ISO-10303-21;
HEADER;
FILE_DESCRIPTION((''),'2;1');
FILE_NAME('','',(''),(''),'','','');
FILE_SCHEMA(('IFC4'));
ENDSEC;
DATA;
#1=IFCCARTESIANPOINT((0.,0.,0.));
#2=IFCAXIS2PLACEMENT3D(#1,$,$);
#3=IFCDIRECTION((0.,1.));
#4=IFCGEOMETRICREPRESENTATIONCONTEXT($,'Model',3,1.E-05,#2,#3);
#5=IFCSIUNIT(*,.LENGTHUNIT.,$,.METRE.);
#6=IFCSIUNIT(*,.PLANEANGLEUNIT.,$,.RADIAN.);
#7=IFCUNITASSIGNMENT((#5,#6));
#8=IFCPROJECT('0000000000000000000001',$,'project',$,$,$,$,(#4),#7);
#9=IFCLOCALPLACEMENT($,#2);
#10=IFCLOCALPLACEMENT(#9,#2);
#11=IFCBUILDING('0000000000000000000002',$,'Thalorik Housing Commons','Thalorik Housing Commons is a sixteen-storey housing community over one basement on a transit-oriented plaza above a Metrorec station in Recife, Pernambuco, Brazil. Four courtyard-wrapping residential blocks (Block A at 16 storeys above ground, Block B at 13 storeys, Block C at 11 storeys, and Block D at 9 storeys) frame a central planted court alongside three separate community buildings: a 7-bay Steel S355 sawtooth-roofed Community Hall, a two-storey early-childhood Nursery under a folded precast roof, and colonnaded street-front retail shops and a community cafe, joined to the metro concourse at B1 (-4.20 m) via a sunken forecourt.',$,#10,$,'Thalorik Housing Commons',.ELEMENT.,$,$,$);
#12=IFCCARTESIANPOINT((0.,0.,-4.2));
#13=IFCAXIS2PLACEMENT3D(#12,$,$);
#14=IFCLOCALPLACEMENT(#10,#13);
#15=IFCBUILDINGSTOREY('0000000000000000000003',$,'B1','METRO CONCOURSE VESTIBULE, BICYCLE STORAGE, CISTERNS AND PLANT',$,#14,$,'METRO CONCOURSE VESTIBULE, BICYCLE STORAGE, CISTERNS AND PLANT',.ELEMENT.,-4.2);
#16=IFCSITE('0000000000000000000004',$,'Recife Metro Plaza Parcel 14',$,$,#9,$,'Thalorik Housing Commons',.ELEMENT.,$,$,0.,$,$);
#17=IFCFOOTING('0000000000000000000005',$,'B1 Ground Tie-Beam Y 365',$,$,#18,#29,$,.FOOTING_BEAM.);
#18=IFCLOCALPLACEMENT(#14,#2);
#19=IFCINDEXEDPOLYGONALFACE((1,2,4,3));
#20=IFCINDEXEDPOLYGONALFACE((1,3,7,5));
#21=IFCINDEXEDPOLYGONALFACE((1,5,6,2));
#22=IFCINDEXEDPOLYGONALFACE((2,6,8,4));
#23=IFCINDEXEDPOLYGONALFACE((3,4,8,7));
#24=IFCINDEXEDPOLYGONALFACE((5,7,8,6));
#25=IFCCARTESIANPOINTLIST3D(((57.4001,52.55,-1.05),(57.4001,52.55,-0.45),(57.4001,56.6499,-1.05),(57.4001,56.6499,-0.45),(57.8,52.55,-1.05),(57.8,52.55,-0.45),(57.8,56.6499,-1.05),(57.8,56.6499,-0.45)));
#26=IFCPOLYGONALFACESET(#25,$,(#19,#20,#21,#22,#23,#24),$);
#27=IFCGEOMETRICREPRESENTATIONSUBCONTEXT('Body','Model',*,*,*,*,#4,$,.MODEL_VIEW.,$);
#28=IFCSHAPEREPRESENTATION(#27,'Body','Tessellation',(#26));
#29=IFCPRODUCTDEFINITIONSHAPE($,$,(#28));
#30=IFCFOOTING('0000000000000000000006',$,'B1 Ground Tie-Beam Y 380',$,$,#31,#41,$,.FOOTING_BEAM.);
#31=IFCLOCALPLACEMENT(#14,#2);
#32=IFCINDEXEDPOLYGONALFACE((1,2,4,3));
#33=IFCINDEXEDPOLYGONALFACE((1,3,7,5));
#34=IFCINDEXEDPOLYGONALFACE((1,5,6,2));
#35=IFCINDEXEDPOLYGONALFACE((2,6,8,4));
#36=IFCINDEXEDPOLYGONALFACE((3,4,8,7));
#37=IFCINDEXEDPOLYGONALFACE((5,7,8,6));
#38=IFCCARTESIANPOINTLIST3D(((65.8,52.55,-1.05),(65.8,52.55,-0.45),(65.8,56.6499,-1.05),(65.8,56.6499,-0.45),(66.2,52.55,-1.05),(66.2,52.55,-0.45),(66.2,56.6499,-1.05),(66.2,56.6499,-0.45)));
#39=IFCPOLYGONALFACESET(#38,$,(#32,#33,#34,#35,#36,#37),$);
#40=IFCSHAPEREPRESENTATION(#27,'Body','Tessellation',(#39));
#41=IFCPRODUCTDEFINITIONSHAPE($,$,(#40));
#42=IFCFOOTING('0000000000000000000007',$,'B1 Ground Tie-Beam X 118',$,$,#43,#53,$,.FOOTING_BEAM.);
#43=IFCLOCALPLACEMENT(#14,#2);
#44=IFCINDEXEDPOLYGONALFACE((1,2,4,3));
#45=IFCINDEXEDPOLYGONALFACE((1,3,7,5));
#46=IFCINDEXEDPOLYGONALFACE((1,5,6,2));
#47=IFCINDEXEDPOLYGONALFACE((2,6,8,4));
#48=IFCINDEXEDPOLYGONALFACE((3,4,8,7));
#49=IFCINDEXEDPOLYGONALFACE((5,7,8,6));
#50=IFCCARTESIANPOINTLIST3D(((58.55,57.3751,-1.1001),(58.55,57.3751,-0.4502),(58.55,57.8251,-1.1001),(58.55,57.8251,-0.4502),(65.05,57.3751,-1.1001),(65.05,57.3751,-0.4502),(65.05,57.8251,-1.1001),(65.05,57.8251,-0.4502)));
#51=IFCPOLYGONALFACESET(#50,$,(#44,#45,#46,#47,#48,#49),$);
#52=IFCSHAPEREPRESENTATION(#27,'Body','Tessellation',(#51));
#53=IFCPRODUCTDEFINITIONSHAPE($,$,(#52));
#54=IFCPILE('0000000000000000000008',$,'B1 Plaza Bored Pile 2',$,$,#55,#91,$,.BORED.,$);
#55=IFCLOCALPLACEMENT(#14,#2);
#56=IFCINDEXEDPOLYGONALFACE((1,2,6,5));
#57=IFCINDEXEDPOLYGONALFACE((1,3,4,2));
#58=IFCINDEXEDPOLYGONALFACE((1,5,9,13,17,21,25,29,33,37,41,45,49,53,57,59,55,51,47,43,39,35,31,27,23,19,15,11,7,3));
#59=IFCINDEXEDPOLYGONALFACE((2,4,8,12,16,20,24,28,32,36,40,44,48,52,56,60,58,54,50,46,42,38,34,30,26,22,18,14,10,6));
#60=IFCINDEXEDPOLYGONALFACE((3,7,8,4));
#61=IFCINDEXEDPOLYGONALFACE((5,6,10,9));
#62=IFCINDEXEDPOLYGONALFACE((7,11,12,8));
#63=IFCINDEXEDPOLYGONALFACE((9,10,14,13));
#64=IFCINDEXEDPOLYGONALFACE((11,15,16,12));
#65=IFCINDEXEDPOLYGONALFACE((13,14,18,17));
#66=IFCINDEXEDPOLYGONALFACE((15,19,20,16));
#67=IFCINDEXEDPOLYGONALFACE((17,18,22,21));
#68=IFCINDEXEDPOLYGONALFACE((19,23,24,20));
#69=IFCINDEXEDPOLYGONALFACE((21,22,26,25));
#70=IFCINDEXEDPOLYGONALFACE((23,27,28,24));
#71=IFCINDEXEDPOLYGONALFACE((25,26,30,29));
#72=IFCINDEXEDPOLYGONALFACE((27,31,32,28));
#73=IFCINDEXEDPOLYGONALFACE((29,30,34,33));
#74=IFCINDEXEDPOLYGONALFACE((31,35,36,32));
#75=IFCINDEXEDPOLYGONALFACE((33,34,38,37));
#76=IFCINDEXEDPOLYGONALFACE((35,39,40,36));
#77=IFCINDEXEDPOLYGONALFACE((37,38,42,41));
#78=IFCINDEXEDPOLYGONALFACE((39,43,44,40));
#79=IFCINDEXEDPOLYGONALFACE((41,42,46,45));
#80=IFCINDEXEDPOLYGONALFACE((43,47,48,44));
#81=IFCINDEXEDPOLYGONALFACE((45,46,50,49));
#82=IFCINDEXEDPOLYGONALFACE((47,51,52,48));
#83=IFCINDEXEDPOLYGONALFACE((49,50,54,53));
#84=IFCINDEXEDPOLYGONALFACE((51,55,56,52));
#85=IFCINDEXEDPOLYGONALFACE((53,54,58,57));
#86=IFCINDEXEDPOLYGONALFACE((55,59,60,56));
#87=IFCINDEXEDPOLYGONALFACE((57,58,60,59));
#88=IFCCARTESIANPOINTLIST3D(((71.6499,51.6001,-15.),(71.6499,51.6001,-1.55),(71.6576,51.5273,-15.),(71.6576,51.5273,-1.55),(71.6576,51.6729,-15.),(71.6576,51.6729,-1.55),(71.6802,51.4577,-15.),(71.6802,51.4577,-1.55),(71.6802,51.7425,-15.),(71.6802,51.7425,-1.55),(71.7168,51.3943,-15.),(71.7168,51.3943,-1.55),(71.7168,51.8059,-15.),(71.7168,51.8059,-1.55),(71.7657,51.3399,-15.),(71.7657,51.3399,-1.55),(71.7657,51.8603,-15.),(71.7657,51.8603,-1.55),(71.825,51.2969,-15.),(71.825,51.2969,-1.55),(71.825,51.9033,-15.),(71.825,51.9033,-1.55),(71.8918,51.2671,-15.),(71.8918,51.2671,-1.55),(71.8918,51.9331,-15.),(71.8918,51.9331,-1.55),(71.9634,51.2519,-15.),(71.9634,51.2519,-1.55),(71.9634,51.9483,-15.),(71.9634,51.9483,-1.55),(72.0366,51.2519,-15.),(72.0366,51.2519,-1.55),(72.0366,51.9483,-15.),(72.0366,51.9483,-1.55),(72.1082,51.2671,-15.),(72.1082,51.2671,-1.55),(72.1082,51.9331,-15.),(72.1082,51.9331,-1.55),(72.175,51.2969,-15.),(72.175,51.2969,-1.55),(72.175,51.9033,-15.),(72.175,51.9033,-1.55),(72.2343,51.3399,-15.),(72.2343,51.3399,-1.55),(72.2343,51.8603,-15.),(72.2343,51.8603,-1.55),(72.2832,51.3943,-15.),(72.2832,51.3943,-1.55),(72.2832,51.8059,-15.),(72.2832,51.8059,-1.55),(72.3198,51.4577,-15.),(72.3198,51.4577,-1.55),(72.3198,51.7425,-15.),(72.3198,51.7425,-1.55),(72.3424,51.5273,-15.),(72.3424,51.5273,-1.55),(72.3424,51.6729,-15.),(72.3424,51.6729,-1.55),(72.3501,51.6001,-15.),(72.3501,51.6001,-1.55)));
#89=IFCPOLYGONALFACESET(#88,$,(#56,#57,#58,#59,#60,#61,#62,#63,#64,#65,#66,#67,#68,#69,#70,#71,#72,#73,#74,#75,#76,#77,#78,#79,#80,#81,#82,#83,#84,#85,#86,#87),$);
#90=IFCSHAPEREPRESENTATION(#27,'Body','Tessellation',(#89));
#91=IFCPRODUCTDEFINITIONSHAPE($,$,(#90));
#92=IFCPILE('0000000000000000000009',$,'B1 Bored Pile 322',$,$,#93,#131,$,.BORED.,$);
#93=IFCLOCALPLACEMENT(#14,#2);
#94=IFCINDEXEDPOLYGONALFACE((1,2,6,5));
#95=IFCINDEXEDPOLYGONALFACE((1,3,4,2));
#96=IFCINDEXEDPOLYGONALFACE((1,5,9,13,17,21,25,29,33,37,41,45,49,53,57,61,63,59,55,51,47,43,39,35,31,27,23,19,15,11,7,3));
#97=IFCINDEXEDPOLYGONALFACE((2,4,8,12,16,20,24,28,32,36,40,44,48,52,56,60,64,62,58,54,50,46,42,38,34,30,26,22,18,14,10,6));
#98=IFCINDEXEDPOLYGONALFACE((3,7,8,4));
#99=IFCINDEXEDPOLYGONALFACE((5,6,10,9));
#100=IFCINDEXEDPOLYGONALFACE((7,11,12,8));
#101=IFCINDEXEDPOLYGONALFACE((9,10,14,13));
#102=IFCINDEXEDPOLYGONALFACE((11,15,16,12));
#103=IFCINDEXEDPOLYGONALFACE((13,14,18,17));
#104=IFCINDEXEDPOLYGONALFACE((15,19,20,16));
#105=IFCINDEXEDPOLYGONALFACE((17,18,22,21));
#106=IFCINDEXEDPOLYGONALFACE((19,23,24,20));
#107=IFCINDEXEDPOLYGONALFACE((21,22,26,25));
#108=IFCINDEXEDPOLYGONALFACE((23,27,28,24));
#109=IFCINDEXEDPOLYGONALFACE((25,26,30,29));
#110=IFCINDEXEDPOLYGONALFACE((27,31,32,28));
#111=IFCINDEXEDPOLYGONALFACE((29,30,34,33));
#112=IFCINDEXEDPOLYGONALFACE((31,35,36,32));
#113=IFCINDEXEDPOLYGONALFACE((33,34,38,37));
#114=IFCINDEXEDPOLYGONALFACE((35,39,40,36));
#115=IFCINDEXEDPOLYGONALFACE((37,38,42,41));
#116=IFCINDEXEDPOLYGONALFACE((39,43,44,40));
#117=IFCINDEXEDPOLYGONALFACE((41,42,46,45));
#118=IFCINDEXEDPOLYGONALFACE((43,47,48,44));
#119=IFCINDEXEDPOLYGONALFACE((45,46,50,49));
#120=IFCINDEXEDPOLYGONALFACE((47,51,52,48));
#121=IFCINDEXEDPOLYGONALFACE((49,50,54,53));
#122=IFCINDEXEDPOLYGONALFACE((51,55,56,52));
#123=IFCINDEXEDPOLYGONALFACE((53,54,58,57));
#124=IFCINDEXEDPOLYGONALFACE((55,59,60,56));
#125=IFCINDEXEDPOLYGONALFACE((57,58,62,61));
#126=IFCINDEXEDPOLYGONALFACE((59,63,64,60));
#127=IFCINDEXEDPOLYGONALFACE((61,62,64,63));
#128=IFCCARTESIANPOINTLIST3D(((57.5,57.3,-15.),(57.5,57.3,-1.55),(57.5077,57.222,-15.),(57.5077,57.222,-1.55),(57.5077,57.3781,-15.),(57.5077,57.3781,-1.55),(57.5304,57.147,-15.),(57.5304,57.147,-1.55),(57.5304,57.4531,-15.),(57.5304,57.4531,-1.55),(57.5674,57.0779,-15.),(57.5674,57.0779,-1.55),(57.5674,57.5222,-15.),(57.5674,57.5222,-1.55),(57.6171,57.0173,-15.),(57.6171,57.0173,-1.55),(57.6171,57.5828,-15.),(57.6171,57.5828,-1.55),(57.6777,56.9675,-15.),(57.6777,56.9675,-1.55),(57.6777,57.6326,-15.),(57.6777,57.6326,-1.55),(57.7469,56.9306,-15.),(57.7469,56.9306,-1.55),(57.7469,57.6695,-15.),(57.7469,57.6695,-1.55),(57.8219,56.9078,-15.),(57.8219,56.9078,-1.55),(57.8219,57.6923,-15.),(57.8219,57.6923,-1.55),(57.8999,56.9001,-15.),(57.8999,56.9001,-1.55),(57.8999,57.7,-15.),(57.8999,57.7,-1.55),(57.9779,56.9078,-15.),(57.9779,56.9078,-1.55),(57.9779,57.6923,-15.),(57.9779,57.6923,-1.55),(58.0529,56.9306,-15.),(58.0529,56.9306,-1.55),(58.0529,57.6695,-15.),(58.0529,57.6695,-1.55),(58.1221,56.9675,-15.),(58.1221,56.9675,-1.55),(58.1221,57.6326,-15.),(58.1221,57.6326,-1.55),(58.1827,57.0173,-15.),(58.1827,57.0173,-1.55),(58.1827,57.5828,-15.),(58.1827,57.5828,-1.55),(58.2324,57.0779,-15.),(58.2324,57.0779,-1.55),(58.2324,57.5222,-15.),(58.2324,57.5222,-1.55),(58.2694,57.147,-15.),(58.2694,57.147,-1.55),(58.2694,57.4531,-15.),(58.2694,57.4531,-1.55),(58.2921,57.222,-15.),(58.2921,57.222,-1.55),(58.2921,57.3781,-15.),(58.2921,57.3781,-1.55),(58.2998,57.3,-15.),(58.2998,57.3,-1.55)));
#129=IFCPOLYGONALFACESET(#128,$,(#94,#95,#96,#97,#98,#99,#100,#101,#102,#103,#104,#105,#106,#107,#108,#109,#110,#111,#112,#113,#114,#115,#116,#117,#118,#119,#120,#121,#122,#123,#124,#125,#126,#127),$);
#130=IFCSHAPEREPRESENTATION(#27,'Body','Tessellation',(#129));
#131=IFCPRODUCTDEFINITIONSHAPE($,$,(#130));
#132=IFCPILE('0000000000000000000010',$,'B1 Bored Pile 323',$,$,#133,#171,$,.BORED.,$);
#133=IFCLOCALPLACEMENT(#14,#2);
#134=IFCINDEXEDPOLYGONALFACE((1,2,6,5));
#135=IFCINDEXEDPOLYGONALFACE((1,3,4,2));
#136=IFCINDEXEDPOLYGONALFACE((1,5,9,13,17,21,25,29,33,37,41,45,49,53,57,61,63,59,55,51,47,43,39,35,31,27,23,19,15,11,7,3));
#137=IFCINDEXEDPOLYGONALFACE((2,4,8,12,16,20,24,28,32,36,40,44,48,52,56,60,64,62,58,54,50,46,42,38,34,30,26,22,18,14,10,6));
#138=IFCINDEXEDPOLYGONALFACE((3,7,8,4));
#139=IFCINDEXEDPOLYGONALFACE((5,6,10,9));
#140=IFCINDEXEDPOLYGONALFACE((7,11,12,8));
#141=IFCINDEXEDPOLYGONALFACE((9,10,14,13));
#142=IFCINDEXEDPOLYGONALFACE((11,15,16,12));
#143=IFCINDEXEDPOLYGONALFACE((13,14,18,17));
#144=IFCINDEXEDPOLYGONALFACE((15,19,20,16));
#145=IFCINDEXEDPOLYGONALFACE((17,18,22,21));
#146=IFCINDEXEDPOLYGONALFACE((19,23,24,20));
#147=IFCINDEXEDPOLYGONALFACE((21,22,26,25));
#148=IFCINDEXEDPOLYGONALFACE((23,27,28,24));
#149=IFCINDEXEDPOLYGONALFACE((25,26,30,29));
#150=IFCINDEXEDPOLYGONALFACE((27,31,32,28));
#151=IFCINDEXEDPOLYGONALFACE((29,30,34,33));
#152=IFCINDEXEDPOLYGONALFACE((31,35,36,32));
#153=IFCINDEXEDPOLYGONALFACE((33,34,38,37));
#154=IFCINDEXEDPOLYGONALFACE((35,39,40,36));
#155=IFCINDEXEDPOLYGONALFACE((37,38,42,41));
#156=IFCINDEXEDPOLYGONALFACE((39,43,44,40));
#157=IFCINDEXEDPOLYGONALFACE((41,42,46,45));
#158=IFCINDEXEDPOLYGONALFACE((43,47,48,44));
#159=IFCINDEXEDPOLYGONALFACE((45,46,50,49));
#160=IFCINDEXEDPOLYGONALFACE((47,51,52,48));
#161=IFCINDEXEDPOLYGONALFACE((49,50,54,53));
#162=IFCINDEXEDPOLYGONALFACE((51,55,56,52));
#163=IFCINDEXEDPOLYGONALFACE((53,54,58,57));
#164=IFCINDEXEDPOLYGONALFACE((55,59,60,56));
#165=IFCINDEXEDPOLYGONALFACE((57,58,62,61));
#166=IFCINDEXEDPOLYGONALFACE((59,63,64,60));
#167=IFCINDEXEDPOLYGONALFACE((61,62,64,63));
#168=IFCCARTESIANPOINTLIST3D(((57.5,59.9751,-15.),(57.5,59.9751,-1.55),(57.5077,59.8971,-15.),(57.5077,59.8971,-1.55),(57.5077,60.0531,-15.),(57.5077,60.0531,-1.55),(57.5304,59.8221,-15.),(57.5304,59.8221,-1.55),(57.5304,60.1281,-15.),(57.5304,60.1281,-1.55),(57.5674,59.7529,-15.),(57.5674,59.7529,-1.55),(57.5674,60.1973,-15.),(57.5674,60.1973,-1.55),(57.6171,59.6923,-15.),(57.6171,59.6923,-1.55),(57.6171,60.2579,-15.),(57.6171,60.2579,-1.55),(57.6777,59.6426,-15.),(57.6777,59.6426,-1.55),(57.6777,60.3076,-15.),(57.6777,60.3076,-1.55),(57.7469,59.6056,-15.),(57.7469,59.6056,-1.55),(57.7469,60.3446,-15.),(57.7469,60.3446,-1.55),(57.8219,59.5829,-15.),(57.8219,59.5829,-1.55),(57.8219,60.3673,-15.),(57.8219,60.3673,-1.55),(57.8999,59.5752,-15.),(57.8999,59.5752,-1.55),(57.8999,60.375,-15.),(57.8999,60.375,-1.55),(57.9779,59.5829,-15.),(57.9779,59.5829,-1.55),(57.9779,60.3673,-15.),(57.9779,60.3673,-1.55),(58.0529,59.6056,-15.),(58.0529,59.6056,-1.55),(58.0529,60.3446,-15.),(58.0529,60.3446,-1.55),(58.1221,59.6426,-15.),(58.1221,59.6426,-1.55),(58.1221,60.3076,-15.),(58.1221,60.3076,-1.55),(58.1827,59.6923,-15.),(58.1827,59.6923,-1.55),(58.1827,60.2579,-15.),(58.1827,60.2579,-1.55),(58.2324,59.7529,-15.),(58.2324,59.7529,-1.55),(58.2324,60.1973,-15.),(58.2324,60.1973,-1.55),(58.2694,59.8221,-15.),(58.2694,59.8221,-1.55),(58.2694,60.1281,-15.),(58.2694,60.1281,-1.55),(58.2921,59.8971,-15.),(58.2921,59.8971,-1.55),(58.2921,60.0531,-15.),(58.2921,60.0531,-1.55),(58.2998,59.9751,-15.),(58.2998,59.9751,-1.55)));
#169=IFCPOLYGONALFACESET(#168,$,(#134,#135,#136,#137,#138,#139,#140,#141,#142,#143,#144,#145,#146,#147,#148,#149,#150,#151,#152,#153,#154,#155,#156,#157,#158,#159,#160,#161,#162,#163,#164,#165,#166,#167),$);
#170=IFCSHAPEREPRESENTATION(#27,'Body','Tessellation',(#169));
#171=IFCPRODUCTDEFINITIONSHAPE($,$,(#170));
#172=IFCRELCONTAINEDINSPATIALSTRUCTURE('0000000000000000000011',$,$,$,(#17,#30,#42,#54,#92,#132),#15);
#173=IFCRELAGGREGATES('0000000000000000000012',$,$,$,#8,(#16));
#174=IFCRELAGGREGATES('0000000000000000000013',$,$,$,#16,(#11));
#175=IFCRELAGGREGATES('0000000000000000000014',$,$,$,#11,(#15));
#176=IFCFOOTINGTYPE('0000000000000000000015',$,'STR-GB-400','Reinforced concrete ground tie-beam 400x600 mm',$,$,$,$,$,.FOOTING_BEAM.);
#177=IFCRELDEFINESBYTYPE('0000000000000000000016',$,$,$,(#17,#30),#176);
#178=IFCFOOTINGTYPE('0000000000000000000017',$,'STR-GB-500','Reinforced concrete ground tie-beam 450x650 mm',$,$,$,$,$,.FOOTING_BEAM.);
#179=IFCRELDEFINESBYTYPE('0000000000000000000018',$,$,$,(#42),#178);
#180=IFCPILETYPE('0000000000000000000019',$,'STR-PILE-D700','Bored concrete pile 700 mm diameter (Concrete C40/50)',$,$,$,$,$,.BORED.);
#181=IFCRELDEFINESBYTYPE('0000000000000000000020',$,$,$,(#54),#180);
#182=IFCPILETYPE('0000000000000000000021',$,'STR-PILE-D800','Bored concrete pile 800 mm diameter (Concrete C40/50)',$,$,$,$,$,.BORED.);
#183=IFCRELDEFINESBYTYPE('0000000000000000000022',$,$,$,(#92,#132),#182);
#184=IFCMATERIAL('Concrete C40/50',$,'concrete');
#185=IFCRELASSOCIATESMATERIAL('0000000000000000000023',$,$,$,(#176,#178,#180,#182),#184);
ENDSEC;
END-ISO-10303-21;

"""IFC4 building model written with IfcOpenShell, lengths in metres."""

from ifc_helpers import new_model, si_unit, direction, frame, origin, origin_2d, place, context, subcontext, project, spatial, rectangle, circle, extrude, material, material_profile, profile_set, type_object, element, save


model = new_model("IFC4")

# Units and contexts
model_context = context("Model", 3, precision=1e-05, world=origin(), true_north=direction((0.0, 1.0)))
body_context = subcontext(model_context, "Body", "Model", "MODEL_VIEW")
ifc_project = project(units=[si_unit("LENGTHUNIT", "METRE"), si_unit("PLANEANGLEUNIT", "RADIAN")], contexts=[model_context])

# Site, building, storey
site_placement = place(None, origin())
site = spatial("IfcSite", under=ifc_project, at=site_placement, Name="Recife Metro Plaza Parcel 14", LongName="Thalorik Housing Commons", CompositionType="ELEMENT", RefElevation=0.0)
building_placement = place(site_placement, origin())
building = spatial("IfcBuilding", under=site, at=building_placement, Name="Thalorik Housing Commons", Description="Thalorik Housing Commons is a sixteen-storey housing community over one basement on a transit-oriented plaza above a Metrorec station in Recife, Pernambuco, Brazil. Four courtyard-wrapping residential blocks (Block A at 16 storeys above ground, Block B at 13 storeys, Block C at 11 storeys, and Block D at 9 storeys) frame a central planted court alongside three separate community buildings: a 7-bay Steel S355 sawtooth-roofed Community Hall, a two-storey early-childhood Nursery under a folded precast roof, and colonnaded street-front retail shops and a community cafe, joined to the metro concourse at B1 (-4.20 m) via a sunken forecourt.", LongName="Thalorik Housing Commons", CompositionType="ELEMENT")
storey_placement = place(building_placement, frame((0.0, 0.0, -4.2)))
storey = spatial("IfcBuildingStorey", under=building, at=storey_placement, Name="B1", Description="METRO CONCOURSE VESTIBULE, BICYCLE STORAGE, CISTERNS AND PLANT", LongName="METRO CONCOURSE VESTIBULE, BICYCLE STORAGE, CISTERNS AND PLANT", CompositionType="ELEMENT", Elevation=-4.2)

# Footings
ifc_material_1 = material(Name="Concrete C40/50", Category="concrete")
ifc_material_profile_1 = material_profile(ifc_material_1, rectangle(XDim=0.3999, YDim=0.6001, at=origin_2d()), Name="RC 400x600", Category="concrete")
ifc_profile_set_1 = profile_set([ifc_material_profile_1], Name="Concrete C40/50")
footing_type_1 = type_object("IfcFootingType", Name="STR-GB-400", Description="Reinforced concrete ground tie-beam 400x600 mm", PredefinedType="FOOTING_BEAM", material=ifc_profile_set_1)
for number, where, z_axis, x_axis, name in (
    (1, (57.6001, 52.55, -0.75), (0.0, 1.0, 0.0), (-1.0, 0.0, 0.0), "B1 Ground Tie-Beam Y 365"),
    (2, (66.0, 52.55, -0.75), (0.0, 1.0, 0.0), (-1.0, 0.0, 0.0), "B1 Ground Tie-Beam Y 380"),
):
    element("IfcFooting", number, at=place(storey_placement, frame(where, z_axis=z_axis, x_axis=x_axis)), inside=storey, type_object=footing_type_1, Name=name, PredefinedType="FOOTING_BEAM", context=body_context, shape_type="SweptSolid", body=[
        extrude(rectangle(XDim=0.3999, YDim=0.6001, at=origin_2d()), origin(), (0.0, 0.0, 1.0), 4.0999),
    ])
ifc_material_profile_2 = material_profile(ifc_material_1, rectangle(XDim=0.45, YDim=0.6499, at=origin_2d()), Name="RC 450x650", Category="concrete")
ifc_profile_set_2 = profile_set([ifc_material_profile_2], Name="Concrete C40/50")
footing_type_2 = type_object("IfcFootingType", Name="STR-GB-500", Description="Reinforced concrete ground tie-beam 450x650 mm", PredefinedType="FOOTING_BEAM", material=ifc_profile_set_2)
footing_placement = place(storey_placement, frame((58.55, 57.6001, -0.7751), z_axis=(1.0, 0.0, 0.0), x_axis=(0.0, 1.0, 0.0)))
element("IfcFooting", 3, at=footing_placement, inside=storey, type_object=footing_type_2, Name="B1 Ground Tie-Beam X 118", PredefinedType="FOOTING_BEAM", context=body_context, shape_type="SweptSolid", body=[
    extrude(rectangle(XDim=0.45, YDim=0.6499, at=origin_2d()), origin(), (0.0, 0.0, 1.0), 6.5),
])

# Piles
ifc_material_profile_3 = material_profile(ifc_material_1, circle(Radius=0.3501, at=origin_2d()), Name="BORED PILE D700", Category="concrete")
ifc_profile_set_3 = profile_set([ifc_material_profile_3], Name="Concrete C40/50")
pile_type_1 = type_object("IfcPileType", Name="STR-PILE-D700", Description="Bored concrete pile 700 mm diameter (Concrete C40/50)", PredefinedType="BORED", material=ifc_profile_set_3)
pile_placement = place(storey_placement, frame((72.0, 51.6001, -1.55), z_axis=(0.0, 0.0, -1.0), x_axis=(1.0, 0.0, 0.0)))
element("IfcPile", 4, at=pile_placement, inside=storey, type_object=pile_type_1, Name="B1 Plaza Bored Pile 2", PredefinedType="BORED", context=body_context, shape_type="SweptSolid", body=[
    extrude(circle(Radius=0.3501, at=origin_2d()), origin(), (0.0, 0.0, 1.0), 13.45),
])
ifc_material_profile_4 = material_profile(ifc_material_1, circle(Radius=0.3999, at=origin_2d()), Name="BORED PILE D800", Category="concrete")
ifc_profile_set_4 = profile_set([ifc_material_profile_4], Name="Concrete C40/50")
pile_type_2 = type_object("IfcPileType", Name="STR-PILE-D800", Description="Bored concrete pile 800 mm diameter (Concrete C40/50)", PredefinedType="BORED", material=ifc_profile_set_4)
for number, where, z_axis, x_axis, name in (
    (5, (57.8999, 57.3, -1.55), (0.0, 0.0, -1.0), (1.0, 0.0, 0.0), "B1 Bored Pile 322"),
    (6, (57.8999, 59.9751, -1.55), (0.0, 0.0, -1.0), (1.0, 0.0, 0.0), "B1 Bored Pile 323"),
):
    element("IfcPile", number, at=place(storey_placement, frame(where, z_axis=z_axis, x_axis=x_axis)), inside=storey, type_object=pile_type_2, Name=name, PredefinedType="BORED", context=body_context, shape_type="SweptSolid", body=[
        extrude(circle(Radius=0.3999, at=origin_2d()), origin(), (0.0, 0.0, 1.0), 13.45),
    ])

save(model, "model.ifc")
